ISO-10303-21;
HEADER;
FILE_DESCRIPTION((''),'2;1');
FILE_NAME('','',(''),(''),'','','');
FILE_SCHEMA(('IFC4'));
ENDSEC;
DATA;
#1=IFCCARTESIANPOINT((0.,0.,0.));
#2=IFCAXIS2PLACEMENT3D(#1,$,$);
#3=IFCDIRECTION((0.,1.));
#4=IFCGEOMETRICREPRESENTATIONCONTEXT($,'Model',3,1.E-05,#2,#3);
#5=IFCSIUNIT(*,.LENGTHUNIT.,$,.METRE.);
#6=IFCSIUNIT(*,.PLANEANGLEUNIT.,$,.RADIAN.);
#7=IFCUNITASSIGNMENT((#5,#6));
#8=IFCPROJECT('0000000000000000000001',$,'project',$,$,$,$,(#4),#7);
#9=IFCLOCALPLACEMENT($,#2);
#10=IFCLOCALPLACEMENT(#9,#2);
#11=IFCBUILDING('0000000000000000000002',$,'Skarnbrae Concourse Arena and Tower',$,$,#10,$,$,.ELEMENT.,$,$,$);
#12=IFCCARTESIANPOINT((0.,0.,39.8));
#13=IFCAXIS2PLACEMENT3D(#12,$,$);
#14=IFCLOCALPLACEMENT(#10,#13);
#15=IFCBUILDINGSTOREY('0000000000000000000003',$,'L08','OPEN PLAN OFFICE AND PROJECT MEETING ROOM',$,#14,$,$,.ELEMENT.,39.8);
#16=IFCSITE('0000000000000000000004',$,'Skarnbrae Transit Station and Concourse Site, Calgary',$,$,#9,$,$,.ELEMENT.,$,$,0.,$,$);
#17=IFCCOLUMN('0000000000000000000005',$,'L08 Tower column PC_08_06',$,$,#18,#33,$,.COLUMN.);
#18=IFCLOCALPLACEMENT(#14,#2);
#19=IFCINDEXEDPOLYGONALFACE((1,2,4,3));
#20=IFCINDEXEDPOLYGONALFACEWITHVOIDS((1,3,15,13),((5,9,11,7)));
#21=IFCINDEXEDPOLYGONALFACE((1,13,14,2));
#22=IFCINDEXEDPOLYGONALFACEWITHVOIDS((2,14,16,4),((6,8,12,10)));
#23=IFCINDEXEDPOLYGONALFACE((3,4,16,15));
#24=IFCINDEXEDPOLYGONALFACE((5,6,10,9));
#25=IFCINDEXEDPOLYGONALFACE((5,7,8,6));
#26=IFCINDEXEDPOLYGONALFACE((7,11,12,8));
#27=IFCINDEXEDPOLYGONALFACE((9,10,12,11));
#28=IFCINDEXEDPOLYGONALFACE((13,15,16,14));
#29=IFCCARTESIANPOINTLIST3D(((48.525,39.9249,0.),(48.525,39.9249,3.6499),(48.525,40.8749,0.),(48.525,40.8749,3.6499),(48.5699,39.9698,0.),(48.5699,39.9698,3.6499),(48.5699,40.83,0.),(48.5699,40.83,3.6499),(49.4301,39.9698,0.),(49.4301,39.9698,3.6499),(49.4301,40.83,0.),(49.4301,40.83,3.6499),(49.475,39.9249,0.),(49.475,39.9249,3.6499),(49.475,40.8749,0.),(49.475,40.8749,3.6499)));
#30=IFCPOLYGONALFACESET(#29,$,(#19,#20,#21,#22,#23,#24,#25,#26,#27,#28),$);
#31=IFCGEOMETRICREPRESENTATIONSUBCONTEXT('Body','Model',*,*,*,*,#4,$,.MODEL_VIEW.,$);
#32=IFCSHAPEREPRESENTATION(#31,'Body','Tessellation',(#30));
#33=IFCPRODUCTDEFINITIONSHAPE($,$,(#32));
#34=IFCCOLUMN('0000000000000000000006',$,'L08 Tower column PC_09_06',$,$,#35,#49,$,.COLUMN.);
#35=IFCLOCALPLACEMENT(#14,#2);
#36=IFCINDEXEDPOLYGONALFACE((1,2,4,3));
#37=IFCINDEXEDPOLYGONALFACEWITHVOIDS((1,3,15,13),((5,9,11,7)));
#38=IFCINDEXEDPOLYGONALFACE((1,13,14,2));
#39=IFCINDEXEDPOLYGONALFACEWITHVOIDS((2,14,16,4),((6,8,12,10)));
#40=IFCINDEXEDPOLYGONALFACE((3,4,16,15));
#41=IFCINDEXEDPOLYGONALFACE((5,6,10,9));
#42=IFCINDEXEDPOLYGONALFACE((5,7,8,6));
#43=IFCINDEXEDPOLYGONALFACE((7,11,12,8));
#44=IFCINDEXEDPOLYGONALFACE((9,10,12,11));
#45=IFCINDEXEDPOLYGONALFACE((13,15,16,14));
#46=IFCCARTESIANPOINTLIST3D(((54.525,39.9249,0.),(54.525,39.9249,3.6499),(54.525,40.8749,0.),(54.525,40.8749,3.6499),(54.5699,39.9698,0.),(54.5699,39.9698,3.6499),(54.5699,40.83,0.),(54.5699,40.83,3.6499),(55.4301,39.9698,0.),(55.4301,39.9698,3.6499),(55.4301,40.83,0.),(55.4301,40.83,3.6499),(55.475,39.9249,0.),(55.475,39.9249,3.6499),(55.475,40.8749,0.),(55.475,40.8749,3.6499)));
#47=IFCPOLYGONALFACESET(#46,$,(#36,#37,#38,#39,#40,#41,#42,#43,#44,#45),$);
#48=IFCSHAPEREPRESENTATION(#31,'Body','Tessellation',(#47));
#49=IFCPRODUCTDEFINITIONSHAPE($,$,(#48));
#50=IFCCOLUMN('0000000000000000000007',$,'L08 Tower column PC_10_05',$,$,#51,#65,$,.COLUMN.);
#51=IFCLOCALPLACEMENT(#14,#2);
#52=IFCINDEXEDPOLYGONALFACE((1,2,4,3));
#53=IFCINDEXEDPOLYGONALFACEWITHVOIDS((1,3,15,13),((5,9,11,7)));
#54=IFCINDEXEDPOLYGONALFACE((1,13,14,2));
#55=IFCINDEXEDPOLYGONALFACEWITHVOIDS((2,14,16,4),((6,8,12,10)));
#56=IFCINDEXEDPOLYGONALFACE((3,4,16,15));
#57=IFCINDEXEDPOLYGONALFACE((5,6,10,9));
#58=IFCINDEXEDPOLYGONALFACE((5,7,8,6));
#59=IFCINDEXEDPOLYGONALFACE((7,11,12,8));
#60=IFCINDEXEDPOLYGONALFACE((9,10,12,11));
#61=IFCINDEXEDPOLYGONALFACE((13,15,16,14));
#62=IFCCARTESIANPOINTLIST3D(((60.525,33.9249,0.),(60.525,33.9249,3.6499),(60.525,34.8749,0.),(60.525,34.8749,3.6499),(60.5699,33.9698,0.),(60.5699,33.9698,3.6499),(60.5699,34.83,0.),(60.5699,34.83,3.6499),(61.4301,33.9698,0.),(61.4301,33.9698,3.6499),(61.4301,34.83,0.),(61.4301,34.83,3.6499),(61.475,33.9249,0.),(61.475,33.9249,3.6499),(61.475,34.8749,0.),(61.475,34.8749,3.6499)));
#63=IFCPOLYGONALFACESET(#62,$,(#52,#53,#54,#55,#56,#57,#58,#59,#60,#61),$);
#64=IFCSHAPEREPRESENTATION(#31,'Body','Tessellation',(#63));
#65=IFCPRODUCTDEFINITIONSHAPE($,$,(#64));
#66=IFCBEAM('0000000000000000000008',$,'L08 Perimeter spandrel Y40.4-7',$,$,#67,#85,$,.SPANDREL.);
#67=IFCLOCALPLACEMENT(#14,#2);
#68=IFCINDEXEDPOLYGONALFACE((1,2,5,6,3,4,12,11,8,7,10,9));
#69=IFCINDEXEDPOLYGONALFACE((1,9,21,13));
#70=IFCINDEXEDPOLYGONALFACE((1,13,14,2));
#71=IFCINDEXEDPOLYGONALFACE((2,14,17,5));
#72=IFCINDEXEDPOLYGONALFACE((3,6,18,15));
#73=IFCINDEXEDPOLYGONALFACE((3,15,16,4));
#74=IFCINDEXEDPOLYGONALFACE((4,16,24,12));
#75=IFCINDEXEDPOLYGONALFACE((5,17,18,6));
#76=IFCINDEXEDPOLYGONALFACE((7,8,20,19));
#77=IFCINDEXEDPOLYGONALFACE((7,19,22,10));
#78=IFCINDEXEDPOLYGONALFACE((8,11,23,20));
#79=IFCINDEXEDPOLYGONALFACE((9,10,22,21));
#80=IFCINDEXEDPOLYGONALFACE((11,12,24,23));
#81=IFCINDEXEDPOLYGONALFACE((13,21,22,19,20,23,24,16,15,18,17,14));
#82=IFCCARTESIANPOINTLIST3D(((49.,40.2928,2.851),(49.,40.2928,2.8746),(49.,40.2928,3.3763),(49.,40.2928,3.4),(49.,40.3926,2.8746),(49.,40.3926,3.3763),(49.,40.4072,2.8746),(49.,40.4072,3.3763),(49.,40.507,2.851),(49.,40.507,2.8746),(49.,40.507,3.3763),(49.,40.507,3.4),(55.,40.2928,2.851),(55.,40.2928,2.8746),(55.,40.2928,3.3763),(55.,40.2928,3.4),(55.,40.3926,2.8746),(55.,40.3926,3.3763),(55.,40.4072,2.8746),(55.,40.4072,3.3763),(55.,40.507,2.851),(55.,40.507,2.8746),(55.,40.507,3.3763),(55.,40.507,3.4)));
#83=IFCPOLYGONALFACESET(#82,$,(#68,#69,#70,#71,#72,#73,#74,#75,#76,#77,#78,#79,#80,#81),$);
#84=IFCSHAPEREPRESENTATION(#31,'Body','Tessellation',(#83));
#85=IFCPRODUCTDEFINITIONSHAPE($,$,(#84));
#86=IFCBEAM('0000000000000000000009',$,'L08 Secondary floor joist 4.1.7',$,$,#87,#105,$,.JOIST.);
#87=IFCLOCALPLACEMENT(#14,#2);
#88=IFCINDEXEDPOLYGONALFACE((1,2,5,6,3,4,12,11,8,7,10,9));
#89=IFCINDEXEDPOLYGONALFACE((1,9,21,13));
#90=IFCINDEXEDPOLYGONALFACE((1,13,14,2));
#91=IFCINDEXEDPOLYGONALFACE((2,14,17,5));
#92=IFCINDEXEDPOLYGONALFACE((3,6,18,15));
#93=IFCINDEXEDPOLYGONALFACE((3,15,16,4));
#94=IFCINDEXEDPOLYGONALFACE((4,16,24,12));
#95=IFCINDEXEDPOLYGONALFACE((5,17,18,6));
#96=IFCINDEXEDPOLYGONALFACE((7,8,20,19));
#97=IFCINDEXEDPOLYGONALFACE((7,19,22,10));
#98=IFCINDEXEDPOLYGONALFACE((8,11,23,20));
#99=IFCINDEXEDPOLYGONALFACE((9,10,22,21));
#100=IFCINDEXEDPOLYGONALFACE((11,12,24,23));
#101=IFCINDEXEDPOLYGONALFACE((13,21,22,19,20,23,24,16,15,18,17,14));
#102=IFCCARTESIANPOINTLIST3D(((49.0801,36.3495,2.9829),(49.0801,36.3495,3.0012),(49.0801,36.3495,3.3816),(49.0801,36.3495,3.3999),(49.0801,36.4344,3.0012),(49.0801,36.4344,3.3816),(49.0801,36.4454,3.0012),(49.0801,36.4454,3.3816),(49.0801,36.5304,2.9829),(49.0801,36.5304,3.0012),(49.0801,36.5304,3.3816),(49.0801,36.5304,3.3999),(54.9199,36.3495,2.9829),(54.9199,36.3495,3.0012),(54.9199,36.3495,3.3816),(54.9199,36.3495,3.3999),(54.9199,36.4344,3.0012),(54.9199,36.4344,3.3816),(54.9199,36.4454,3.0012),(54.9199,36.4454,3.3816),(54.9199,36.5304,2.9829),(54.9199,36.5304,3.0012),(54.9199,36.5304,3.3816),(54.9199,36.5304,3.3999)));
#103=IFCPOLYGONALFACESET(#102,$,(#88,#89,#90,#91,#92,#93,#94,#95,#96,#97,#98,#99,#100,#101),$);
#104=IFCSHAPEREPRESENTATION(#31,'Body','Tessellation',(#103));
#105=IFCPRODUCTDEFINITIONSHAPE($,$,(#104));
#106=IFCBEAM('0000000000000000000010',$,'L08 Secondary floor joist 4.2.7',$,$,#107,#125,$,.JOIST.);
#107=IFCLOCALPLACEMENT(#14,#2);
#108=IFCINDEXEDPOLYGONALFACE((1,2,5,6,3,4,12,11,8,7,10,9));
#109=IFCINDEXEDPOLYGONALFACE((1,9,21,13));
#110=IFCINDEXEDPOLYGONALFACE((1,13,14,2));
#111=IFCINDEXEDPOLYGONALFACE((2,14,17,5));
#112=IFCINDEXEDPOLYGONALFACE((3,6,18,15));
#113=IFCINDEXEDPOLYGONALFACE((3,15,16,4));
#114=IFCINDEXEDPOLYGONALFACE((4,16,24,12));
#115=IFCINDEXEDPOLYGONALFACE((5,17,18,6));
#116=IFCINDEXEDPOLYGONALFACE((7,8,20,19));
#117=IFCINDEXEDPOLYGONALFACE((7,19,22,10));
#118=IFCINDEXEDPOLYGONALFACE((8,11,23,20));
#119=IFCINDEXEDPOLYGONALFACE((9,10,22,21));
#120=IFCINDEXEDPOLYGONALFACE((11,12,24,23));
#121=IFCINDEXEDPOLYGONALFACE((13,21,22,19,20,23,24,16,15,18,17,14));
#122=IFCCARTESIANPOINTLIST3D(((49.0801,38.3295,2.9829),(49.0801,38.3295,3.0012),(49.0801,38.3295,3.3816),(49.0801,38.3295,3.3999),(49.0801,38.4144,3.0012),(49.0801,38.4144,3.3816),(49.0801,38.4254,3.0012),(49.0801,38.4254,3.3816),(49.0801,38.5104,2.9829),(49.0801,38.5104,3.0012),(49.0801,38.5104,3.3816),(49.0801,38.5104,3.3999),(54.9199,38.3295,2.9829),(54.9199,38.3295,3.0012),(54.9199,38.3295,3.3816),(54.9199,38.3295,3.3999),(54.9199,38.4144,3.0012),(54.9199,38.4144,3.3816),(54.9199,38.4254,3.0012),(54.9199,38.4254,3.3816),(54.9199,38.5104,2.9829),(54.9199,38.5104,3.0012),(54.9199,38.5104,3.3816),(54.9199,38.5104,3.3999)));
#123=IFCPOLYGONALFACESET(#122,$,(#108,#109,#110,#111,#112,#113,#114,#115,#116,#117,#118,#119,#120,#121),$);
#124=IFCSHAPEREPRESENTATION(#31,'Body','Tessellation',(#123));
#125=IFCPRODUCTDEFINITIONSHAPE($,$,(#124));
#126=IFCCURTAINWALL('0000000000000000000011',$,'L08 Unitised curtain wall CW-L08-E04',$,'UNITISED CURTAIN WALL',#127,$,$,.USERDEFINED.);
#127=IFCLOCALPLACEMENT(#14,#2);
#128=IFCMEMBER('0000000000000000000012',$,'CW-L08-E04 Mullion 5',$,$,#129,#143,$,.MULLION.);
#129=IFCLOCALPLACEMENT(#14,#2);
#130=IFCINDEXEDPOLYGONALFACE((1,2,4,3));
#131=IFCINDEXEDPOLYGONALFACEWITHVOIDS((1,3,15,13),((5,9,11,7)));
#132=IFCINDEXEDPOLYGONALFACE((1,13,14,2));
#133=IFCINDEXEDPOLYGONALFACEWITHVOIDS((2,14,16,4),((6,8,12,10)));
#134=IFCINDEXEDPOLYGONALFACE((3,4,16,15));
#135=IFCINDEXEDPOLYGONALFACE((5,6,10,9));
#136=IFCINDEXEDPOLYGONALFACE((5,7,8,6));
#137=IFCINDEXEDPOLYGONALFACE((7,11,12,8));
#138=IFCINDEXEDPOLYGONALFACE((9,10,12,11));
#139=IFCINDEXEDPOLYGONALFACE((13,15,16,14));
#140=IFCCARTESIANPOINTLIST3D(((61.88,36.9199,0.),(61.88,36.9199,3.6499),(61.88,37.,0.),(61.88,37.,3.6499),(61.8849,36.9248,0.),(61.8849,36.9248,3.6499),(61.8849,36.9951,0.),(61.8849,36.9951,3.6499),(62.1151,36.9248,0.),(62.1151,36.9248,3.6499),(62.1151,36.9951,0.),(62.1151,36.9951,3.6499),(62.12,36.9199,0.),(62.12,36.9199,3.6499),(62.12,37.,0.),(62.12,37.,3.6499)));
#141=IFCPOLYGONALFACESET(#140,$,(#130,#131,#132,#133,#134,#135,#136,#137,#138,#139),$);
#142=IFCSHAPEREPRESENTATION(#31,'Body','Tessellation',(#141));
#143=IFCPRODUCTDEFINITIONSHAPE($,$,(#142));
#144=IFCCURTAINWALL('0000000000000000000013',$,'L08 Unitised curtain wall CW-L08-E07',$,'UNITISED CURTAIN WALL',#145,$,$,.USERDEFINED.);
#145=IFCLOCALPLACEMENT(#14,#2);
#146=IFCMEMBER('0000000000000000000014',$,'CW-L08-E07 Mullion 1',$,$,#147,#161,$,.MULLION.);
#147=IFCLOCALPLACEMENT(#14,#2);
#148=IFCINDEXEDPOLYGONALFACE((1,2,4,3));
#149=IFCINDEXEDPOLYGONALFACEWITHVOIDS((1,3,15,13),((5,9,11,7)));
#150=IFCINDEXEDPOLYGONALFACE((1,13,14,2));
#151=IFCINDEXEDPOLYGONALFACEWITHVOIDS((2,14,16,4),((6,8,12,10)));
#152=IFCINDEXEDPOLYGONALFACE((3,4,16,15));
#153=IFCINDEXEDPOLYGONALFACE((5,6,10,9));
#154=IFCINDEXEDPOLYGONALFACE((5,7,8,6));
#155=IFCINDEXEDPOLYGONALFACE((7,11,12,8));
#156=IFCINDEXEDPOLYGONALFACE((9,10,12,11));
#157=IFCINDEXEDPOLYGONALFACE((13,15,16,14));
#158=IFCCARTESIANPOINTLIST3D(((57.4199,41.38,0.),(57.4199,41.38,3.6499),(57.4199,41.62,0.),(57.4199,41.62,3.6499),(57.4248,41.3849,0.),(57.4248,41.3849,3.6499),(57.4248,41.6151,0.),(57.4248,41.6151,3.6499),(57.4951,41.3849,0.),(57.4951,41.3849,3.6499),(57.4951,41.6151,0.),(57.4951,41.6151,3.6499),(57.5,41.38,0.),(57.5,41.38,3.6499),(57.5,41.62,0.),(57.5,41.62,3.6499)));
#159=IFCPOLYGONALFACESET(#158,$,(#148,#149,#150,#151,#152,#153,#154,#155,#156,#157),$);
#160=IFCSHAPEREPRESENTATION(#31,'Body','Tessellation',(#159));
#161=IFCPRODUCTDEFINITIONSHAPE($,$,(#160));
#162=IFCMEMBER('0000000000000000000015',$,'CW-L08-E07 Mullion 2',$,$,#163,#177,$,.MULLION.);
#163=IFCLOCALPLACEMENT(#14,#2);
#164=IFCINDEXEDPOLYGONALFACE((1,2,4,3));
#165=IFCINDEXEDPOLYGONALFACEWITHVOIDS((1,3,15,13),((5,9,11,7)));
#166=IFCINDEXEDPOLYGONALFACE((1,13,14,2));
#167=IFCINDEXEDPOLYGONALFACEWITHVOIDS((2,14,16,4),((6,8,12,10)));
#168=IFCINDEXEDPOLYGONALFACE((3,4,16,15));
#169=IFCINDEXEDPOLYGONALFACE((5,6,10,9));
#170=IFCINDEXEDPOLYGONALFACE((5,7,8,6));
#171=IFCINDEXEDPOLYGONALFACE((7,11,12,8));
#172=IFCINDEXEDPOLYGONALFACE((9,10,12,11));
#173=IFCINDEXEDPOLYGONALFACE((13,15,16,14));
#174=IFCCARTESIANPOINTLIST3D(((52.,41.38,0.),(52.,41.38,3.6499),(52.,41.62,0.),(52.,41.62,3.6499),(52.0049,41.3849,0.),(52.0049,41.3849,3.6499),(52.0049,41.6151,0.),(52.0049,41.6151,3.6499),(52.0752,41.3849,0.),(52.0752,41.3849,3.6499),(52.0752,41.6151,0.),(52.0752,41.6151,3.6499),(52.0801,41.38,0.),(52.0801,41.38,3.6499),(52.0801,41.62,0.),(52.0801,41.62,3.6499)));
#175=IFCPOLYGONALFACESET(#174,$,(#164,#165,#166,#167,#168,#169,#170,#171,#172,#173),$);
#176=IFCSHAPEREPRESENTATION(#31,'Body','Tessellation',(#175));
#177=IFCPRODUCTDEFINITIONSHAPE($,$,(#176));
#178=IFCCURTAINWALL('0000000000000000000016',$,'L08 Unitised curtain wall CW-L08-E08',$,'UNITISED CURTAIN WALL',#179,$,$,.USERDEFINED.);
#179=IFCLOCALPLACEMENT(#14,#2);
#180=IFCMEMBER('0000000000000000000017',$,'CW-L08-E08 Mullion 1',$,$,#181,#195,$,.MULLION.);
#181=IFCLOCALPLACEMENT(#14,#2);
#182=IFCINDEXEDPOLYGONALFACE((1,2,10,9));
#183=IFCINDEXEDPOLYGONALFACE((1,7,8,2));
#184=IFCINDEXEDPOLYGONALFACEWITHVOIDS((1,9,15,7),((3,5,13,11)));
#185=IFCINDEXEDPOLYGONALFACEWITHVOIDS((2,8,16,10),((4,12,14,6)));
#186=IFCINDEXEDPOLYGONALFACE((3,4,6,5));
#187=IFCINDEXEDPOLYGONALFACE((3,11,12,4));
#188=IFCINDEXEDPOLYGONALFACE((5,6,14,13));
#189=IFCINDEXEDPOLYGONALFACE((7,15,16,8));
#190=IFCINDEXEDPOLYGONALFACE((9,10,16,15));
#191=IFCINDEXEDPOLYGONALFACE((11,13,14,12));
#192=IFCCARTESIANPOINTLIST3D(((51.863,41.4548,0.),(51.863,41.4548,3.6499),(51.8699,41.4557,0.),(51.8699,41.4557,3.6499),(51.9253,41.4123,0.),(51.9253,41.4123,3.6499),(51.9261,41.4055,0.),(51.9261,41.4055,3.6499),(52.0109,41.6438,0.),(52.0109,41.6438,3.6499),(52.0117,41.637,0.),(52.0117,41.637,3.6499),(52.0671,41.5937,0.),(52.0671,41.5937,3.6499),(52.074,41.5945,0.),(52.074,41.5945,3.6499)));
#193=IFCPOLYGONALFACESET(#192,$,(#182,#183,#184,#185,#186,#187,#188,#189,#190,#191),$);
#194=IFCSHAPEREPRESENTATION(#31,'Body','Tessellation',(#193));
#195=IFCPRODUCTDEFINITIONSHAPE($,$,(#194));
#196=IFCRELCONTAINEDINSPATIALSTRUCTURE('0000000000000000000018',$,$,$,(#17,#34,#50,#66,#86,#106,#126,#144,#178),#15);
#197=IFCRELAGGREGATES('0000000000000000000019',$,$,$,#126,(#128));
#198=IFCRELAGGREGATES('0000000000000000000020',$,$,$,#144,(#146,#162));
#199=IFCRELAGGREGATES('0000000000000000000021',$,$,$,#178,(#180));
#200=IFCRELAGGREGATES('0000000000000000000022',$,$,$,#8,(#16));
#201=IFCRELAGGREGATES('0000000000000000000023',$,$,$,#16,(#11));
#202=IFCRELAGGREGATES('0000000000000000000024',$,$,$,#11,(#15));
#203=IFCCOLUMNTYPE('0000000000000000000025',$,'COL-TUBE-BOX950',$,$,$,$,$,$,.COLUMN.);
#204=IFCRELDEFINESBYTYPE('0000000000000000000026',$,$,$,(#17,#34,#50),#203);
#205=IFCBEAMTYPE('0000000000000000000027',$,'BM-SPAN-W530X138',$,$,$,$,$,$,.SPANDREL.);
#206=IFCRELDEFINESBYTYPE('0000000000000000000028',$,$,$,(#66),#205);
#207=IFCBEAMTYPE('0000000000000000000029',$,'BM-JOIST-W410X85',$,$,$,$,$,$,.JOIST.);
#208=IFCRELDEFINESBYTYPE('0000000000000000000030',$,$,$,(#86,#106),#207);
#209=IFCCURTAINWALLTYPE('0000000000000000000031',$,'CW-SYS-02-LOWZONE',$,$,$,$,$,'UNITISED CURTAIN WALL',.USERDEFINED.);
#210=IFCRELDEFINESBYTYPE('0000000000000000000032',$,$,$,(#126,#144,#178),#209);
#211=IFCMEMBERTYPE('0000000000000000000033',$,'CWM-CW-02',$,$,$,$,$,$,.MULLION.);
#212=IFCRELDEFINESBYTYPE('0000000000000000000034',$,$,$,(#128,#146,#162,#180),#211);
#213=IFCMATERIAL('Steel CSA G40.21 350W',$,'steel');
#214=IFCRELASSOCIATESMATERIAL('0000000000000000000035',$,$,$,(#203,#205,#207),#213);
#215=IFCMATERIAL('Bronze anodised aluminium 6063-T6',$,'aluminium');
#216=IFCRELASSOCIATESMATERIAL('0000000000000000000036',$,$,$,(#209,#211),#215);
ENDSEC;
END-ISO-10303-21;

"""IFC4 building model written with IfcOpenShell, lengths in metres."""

from ifc_helpers import new_model, si_unit, direction, frame, origin, origin_2d, place, context, subcontext, project, spatial, hollow_rectangle, i_section, extrude, source, transform, mapped, material, material_profile, profile_set, type_object, element, aggregate, save


model = new_model("IFC4")

# Units and contexts
model_context = context("Model", 3, precision=1e-05, world=origin(), true_north=direction((0.0, 1.0)))
body_context = subcontext(model_context, "Body", "Model", "MODEL_VIEW")
ifc_project = project(units=[si_unit("LENGTHUNIT", "METRE"), si_unit("PLANEANGLEUNIT", "RADIAN")], contexts=[model_context])

# Site, building, storey
site_placement = place(None, origin())
site = spatial("IfcSite", under=ifc_project, at=site_placement, Name="Skarnbrae Transit Station and Concourse Site, Calgary", CompositionType="ELEMENT", RefElevation=0.0)
building_placement = place(site_placement, origin())
building = spatial("IfcBuilding", under=site, at=building_placement, Name="Skarnbrae Concourse Arena and Tower", CompositionType="ELEMENT")
storey_placement = place(building_placement, frame((0.0, 0.0, 39.8)))
storey = spatial("IfcBuildingStorey", under=building, at=storey_placement, Name="L08", Description="OPEN PLAN OFFICE AND PROJECT MEETING ROOM", CompositionType="ELEMENT", Elevation=39.8)

# Columns
ifc_material_1 = material(Name="Steel CSA G40.21 350W", Category="steel")
ifc_material_profile_1 = material_profile(ifc_material_1, hollow_rectangle(XDim=0.95, YDim=0.95, WallThickness=0.0449, at=origin_2d()), Name="BOX950X950X45")
ifc_profile_set_1 = profile_set([ifc_material_profile_1], Name="Steel CSA G40.21 350W")
column_type = type_object("IfcColumnType", Name="COL-TUBE-BOX950", PredefinedType="COLUMN", material=ifc_profile_set_1)
shared_shape_1 = source(origin(), body_context, "Body", "SweptSolid", [
    extrude(hollow_rectangle(XDim=0.95, YDim=0.95, WallThickness=0.0449, at=origin_2d()), origin(), (0.0, 0.0, 1.0), 3.6499),
])
for number, where, z_axis, x_axis, name in (
    (1, (49.0, 40.3999, 0.0), (0.0, 0.0, 1.0), (1.0, 0.0, 0.0), "L08 Tower column PC_08_06"),
    (2, (55.0, 40.3999, 0.0), (0.0, 0.0, 1.0), (1.0, 0.0, 0.0), "L08 Tower column PC_09_06"),
    (3, (61.0, 34.3999, 0.0), (0.0, 0.0, 1.0), (1.0, 0.0, 0.0), "L08 Tower column PC_10_05"),
):
    element("IfcColumn", number, at=place(storey_placement, frame(where, z_axis=z_axis, x_axis=x_axis)), inside=storey, type_object=column_type, Name=name, PredefinedType="COLUMN", context=body_context, shape_type="MappedRepresentation", body=[
        mapped(shared_shape_1, transform((0.0, 0.0, 0.0))),
    ])

# Beams
ifc_material_profile_2 = material_profile(ifc_material_1, i_section(OverallWidth=0.2141, OverallDepth=0.5491, WebThickness=0.0146, FlangeThickness=0.0237, at=origin_2d()), Name="W530X138")
ifc_profile_set_2 = profile_set([ifc_material_profile_2], Name="Steel CSA G40.21 350W")
beam_type_1 = type_object("IfcBeamType", Name="BM-SPAN-W530X138", PredefinedType="SPANDREL", material=ifc_profile_set_2)
shared_shape_2 = source(origin(), body_context, "Body", "SweptSolid", [
    extrude(i_section(OverallWidth=0.2141, OverallDepth=0.5491, WebThickness=0.0146, FlangeThickness=0.0237, at=origin_2d()), origin(), (0.0, 0.0, 1.0), 6.0),
])
beam_placement = place(storey_placement, frame((49.0, 40.3999, 3.1255), z_axis=(1.0, 0.0, 0.0), x_axis=(0.0, 1.0, 0.0)))
element("IfcBeam", 4, at=beam_placement, inside=storey, type_object=beam_type_1, Name="L08 Perimeter spandrel Y40.4-7", PredefinedType="SPANDREL", context=body_context, shape_type="MappedRepresentation", body=[
    mapped(shared_shape_2, transform((0.0, 0.0, 0.0))),
])
ifc_material_profile_3 = material_profile(ifc_material_1, i_section(OverallWidth=0.1809, OverallDepth=0.417, WebThickness=0.011, FlangeThickness=0.0183, at=origin_2d()), Name="W410X85")
ifc_profile_set_3 = profile_set([ifc_material_profile_3], Name="Steel CSA G40.21 350W")
beam_type_2 = type_object("IfcBeamType", Name="BM-JOIST-W410X85", PredefinedType="JOIST", material=ifc_profile_set_3)
shared_shape_3 = source(origin(), body_context, "Body", "SweptSolid", [
    extrude(i_section(OverallWidth=0.1809, OverallDepth=0.417, WebThickness=0.011, FlangeThickness=0.0183, at=origin_2d()), origin(), (0.0, 0.0, 1.0), 5.8398),
])
for number, where, z_axis, x_axis, name in (
    (5, (49.0801, 36.4399, 3.1914), (1.0, 0.0, 0.0), (0.0, 1.0, 0.0), "L08 Secondary floor joist 4.1.7"),
    (6, (49.0801, 38.4199, 3.1914), (1.0, 0.0, 0.0), (0.0, 1.0, 0.0), "L08 Secondary floor joist 4.2.7"),
):
    element("IfcBeam", number, at=place(storey_placement, frame(where, z_axis=z_axis, x_axis=x_axis)), inside=storey, type_object=beam_type_2, Name=name, PredefinedType="JOIST", context=body_context, shape_type="MappedRepresentation", body=[
        mapped(shared_shape_3, transform((0.0, 0.0, 0.0))),
    ])

# Curtain wall, member
ifc_material_2 = material(Name="Bronze anodised aluminium 6063-T6", Category="aluminium")
curtain_wall_type = type_object("IfcCurtainWallType", Name="CW-SYS-02-LOWZONE", ElementType="UNITISED CURTAIN WALL", PredefinedType="USERDEFINED", material=ifc_material_2)
curtain_wall_1_placement = place(storey_placement, origin())
curtain_wall_1 = element("IfcCurtainWall", 7, at=curtain_wall_1_placement, inside=storey, type_object=curtain_wall_type, Name="L08 Unitised curtain wall CW-L08-E04", ObjectType="UNITISED CURTAIN WALL", PredefinedType="USERDEFINED")
ifc_material_profile_4 = material_profile(ifc_material_2, hollow_rectangle(XDim=0.0801, YDim=0.24, WallThickness=0.0049, at=origin_2d()), Name="ALU-MULL-80X240")
ifc_profile_set_4 = profile_set([ifc_material_profile_4], Name="Bronze anodised aluminium 6063-T6")
member_type_1 = type_object("IfcMemberType", Name="CWM-CW-02", PredefinedType="MULLION", material=ifc_profile_set_4)
shared_shape_4 = source(origin(), body_context, "Body", "SweptSolid", [
    extrude(hollow_rectangle(XDim=0.0801, YDim=0.24, WallThickness=0.0049, at=origin_2d()), origin(), (0.0, 0.0, 1.0), 3.6499),
])
member_1_placement = place(storey_placement, frame((62.0, 36.96, 0.0), z_axis=(0.0, 0.0, 1.0), x_axis=(0.0, 1.0, 0.0)))
member_1 = element("IfcMember", 8, at=member_1_placement, type_object=member_type_1, Name="CW-L08-E04 Mullion 5", PredefinedType="MULLION", context=body_context, shape_type="MappedRepresentation", body=[
    mapped(shared_shape_4, transform((0.0, 0.0, 0.0))),
])
aggregate(curtain_wall_1, [member_1])

# Curtain walls, members
curtain_wall_2_placement = place(storey_placement, origin())
curtain_wall_2 = element("IfcCurtainWall", 9, at=curtain_wall_2_placement, inside=storey, type_object=curtain_wall_type, Name="L08 Unitised curtain wall CW-L08-E07", ObjectType="UNITISED CURTAIN WALL", PredefinedType="USERDEFINED")
member_2_placement = place(storey_placement, frame((57.46, 41.5, 0.0), z_axis=(0.0, 0.0, 1.0), x_axis=(-1.0, 0.0, 0.0)))
member_2 = element("IfcMember", 10, at=member_2_placement, type_object=member_type_1, Name="CW-L08-E07 Mullion 1", PredefinedType="MULLION", context=body_context, shape_type="MappedRepresentation", body=[
    mapped(shared_shape_4, transform((0.0, 0.0, 0.0))),
])
member_3_placement = place(storey_placement, frame((52.04, 41.5, 0.0), z_axis=(0.0, 0.0, 1.0), x_axis=(-1.0, 0.0, 0.0)))
member_3 = element("IfcMember", 11, at=member_3_placement, type_object=member_type_1, Name="CW-L08-E07 Mullion 2", PredefinedType="MULLION", context=body_context, shape_type="MappedRepresentation", body=[
    mapped(shared_shape_4, transform((0.0, 0.0, 0.0))),
])
curtain_wall_3_placement = place(storey_placement, origin())
curtain_wall_3 = element("IfcCurtainWall", 12, at=curtain_wall_3_placement, inside=storey, type_object=curtain_wall_type, Name="L08 Unitised curtain wall CW-L08-E08", ObjectType="UNITISED CURTAIN WALL", PredefinedType="USERDEFINED")
member_4_placement = place(storey_placement, frame((51.9685, 41.5247, 0.0), z_axis=(0.0, 0.0, 1.0), x_axis=(-0.787652, 0.616121, 0.0)))
member_4 = element("IfcMember", 13, at=member_4_placement, type_object=member_type_1, Name="CW-L08-E08 Mullion 1", PredefinedType="MULLION", context=body_context, shape_type="MappedRepresentation", body=[
    mapped(shared_shape_4, transform((0.0, 0.0, 0.0))),
])

aggregate(curtain_wall_2, [member_2, member_3])
aggregate(curtain_wall_3, [member_4])

save(model, "model.ifc")
